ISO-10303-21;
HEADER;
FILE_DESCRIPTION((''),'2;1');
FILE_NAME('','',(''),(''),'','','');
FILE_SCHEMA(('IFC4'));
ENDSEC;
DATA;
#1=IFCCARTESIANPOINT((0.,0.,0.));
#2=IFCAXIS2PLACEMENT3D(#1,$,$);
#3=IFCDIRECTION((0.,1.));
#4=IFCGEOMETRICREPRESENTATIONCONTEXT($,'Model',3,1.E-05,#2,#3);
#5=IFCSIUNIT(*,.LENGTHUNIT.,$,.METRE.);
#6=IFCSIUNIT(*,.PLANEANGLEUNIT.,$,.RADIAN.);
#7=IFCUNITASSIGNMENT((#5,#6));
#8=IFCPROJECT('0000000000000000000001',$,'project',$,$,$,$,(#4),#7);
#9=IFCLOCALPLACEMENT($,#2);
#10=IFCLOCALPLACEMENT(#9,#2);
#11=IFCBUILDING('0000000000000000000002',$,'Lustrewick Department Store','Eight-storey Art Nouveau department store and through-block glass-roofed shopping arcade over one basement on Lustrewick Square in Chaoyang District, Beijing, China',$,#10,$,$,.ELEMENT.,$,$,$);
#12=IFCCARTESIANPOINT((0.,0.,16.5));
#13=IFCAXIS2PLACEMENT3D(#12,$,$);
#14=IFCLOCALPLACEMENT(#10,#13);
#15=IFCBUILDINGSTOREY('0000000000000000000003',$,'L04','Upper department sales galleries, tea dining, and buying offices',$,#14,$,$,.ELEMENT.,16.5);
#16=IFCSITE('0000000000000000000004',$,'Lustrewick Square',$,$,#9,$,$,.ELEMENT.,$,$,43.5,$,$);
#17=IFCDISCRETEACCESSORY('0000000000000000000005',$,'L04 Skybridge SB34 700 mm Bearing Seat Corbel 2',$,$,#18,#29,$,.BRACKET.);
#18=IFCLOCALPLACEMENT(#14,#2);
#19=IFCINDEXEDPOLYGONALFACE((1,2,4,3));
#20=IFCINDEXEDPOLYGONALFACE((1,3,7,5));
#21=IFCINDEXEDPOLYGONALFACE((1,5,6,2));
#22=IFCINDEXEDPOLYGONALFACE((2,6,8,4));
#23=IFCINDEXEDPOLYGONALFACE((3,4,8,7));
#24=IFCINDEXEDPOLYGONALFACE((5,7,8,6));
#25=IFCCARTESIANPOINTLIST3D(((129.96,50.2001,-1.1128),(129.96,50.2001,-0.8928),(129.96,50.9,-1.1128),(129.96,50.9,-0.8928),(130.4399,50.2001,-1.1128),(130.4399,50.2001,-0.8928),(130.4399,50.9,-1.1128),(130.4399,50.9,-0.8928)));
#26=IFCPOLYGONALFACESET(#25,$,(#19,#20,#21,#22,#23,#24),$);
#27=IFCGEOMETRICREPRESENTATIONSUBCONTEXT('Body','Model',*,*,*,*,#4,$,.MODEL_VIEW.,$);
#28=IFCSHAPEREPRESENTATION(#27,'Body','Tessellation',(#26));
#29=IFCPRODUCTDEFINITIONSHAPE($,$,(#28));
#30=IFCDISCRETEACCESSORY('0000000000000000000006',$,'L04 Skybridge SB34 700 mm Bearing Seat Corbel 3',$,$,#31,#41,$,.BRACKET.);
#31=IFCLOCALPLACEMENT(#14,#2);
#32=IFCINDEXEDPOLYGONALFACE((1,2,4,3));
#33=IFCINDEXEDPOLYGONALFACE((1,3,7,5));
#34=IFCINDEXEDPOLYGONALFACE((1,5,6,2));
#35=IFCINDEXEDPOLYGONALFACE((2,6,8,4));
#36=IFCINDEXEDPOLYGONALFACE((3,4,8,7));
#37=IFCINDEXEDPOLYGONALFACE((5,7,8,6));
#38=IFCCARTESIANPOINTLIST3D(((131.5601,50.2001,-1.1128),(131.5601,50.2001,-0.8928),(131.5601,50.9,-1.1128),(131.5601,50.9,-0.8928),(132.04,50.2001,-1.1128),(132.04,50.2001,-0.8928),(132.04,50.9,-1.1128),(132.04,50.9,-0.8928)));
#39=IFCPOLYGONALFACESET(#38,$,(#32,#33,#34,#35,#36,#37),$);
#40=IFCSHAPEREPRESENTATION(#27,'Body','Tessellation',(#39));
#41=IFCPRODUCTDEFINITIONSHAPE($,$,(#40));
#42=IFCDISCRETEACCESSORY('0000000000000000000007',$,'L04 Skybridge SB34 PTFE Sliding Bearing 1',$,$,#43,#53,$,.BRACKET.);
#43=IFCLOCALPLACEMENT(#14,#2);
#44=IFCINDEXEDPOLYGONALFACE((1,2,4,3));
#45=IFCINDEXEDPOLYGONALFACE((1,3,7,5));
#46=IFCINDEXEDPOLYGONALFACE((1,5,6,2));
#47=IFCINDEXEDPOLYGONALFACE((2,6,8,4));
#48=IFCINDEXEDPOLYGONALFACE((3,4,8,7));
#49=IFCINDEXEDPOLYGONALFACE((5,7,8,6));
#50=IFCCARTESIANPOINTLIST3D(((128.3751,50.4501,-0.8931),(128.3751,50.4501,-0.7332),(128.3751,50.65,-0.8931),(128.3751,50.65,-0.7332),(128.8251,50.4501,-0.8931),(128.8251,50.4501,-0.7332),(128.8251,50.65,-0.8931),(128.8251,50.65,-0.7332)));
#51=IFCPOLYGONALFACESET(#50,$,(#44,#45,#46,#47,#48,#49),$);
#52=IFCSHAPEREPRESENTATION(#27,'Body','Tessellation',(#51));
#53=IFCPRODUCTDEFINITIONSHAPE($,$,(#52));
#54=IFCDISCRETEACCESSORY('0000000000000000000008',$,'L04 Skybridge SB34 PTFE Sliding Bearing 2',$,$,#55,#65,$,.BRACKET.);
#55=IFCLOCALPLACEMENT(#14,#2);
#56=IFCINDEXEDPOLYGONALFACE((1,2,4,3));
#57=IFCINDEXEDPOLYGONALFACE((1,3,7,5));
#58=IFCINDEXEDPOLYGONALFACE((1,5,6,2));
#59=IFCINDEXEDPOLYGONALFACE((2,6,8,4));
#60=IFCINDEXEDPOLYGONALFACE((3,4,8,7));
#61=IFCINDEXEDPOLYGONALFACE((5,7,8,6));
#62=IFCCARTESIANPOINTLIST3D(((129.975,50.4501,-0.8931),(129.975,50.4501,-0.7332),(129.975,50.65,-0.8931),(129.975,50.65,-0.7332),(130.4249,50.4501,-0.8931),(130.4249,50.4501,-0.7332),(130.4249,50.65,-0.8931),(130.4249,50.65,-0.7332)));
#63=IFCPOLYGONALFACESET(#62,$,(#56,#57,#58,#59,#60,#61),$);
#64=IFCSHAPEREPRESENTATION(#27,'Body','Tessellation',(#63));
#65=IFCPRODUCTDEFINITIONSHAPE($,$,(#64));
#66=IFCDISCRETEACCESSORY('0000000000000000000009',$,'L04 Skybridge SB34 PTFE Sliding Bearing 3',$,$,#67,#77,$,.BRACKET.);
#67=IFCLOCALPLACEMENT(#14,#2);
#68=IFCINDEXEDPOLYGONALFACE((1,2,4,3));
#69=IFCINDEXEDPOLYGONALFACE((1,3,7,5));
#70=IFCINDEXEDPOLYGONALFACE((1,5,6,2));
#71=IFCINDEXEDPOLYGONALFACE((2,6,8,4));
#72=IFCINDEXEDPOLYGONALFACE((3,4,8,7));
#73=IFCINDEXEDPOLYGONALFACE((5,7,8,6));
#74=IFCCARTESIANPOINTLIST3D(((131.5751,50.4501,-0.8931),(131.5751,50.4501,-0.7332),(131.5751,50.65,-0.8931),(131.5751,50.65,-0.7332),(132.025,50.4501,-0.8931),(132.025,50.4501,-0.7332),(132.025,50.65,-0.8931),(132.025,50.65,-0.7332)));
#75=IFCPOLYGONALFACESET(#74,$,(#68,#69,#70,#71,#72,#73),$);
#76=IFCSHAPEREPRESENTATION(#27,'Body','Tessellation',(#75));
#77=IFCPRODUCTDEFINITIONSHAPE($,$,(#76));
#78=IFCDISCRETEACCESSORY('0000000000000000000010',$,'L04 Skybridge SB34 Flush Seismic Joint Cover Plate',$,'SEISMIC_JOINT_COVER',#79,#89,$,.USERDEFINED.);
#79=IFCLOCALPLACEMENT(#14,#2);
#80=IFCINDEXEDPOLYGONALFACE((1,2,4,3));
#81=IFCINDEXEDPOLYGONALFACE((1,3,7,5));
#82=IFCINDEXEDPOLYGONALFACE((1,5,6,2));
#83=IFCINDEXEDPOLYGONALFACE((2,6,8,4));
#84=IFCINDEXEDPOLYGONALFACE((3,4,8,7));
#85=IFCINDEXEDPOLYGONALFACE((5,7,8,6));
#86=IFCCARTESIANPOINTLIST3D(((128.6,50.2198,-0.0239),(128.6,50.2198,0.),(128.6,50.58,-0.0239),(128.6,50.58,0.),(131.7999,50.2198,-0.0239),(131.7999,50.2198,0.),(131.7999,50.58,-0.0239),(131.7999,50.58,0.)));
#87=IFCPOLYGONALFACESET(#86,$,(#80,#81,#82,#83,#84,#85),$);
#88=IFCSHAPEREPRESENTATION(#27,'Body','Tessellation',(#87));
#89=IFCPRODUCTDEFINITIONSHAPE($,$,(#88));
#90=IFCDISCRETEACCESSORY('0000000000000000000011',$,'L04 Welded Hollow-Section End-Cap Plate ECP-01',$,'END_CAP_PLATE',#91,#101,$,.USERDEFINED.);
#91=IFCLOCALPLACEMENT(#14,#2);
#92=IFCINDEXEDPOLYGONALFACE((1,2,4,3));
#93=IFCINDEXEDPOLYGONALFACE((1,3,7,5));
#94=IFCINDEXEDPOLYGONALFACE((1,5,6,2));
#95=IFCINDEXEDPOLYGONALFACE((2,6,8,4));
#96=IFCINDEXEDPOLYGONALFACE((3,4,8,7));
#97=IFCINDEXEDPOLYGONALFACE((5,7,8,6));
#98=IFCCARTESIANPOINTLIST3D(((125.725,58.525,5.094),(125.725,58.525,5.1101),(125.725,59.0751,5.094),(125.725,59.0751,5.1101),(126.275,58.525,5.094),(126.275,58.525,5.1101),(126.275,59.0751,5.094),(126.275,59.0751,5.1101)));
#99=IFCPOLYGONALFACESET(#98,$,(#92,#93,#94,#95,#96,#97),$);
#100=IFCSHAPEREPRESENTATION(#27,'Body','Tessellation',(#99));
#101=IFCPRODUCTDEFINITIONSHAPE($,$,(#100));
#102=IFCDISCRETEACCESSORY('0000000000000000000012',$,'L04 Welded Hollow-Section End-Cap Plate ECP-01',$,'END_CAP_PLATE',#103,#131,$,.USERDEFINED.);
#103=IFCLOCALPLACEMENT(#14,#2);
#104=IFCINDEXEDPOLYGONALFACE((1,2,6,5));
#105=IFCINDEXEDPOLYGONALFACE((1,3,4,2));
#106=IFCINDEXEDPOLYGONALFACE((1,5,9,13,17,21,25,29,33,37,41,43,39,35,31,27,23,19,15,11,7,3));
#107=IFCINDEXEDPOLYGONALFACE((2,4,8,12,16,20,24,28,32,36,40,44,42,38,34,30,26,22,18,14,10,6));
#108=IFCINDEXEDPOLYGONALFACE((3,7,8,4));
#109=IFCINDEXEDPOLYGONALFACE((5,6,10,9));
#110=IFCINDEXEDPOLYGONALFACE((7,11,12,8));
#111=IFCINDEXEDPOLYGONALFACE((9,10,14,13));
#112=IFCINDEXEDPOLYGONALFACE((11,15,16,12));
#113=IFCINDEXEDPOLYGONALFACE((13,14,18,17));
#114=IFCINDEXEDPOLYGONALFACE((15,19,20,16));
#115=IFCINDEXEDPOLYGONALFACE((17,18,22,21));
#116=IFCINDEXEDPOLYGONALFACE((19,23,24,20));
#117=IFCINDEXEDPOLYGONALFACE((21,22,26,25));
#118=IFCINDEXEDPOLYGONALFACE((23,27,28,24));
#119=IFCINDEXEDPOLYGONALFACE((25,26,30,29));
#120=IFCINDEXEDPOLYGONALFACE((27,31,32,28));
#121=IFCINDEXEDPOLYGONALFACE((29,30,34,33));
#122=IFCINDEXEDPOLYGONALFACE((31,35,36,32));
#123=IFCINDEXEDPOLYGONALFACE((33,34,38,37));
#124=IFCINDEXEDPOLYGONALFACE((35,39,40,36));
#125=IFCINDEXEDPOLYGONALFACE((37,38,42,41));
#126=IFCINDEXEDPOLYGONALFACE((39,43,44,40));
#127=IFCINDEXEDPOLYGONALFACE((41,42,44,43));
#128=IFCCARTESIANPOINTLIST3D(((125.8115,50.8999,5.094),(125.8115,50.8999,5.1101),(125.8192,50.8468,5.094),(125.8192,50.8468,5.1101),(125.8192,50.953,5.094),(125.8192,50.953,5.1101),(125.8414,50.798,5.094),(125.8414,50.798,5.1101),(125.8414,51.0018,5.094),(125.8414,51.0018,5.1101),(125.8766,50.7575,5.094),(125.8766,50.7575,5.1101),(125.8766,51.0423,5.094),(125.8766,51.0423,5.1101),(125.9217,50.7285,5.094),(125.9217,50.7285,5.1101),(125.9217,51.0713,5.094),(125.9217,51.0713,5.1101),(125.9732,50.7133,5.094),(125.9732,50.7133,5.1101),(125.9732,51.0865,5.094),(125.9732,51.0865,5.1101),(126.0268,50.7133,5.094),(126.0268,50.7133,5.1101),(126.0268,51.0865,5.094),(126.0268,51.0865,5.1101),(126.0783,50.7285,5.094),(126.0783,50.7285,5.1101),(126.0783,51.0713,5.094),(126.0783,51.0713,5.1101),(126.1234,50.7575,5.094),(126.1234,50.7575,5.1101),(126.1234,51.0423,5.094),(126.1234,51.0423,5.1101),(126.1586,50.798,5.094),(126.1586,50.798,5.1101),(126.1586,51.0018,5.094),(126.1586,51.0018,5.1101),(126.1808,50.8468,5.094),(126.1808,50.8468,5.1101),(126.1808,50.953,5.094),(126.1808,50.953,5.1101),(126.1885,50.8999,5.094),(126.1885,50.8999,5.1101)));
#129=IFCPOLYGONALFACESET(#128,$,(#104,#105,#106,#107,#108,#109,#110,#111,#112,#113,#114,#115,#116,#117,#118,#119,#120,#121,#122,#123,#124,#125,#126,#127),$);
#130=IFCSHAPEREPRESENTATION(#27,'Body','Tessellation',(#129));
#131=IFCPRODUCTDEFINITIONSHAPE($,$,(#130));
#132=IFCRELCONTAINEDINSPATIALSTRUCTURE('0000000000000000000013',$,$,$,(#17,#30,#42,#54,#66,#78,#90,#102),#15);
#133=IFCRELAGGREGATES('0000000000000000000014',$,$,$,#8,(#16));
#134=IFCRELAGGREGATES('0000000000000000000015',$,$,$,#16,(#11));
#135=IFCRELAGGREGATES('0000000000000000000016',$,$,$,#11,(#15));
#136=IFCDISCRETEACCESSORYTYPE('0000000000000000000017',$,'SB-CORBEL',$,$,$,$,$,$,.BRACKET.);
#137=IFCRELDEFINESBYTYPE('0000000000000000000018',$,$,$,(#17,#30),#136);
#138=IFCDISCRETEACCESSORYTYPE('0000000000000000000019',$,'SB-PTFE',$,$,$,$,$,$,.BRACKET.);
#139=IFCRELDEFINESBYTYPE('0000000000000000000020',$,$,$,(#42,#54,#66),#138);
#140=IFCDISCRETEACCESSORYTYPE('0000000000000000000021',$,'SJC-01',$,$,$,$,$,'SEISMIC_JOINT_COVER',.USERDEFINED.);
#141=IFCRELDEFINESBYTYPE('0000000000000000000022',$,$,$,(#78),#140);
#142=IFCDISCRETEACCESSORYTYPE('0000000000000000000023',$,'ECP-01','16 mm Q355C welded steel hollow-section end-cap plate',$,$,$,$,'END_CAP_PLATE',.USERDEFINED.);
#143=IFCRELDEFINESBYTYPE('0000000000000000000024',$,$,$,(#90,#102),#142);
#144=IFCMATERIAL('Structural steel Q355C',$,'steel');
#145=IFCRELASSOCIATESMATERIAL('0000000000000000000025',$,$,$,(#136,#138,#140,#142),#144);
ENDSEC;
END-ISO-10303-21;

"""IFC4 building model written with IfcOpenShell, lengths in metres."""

from ifc_helpers import new_model, si_unit, direction, frame, origin, origin_2d, place, context, subcontext, project, spatial, rectangle, circle, extrude, material, type_object, element, save


model = new_model("IFC4")

# Units and contexts
model_context = context("Model", 3, precision=1e-05, world=origin(), true_north=direction((0.0, 1.0)))
body_context = subcontext(model_context, "Body", "Model", "MODEL_VIEW")
ifc_project = project(units=[si_unit("LENGTHUNIT", "METRE"), si_unit("PLANEANGLEUNIT", "RADIAN")], contexts=[model_context])

# Site, building, storey
site_placement = place(None, origin())
site = spatial("IfcSite", under=ifc_project, at=site_placement, Name="Lustrewick Square", CompositionType="ELEMENT", RefElevation=43.5)
building_placement = place(site_placement, origin())
building = spatial("IfcBuilding", under=site, at=building_placement, Name="Lustrewick Department Store", Description="Eight-storey Art Nouveau department store and through-block glass-roofed shopping arcade over one basement on Lustrewick Square in Chaoyang District, Beijing, China", CompositionType="ELEMENT")
storey_placement = place(building_placement, frame((0.0, 0.0, 16.5)))
storey = spatial("IfcBuildingStorey", under=building, at=storey_placement, Name="L04", Description="Upper department sales galleries, tea dining, and buying offices", CompositionType="ELEMENT", Elevation=16.5)

# Shared definitions
ifc_material_1 = material(Name="Structural steel Q355C", Category="steel")

# Discrete accessories
discrete_accessory_type_1 = type_object("IfcDiscreteAccessoryType", Name="SB-CORBEL", PredefinedType="BRACKET", material=ifc_material_1)
for number, where, z_axis, x_axis, name in (
    (1, (130.2, 50.55, -1.1128), (0.0, 0.0, 1.0), (1.0, 0.0, 0.0), "L04 Skybridge SB34 700 mm Bearing Seat Corbel 2"),
    (2, (131.8, 50.55, -1.1128), (0.0, 0.0, 1.0), (1.0, 0.0, 0.0), "L04 Skybridge SB34 700 mm Bearing Seat Corbel 3"),
):
    element("IfcDiscreteAccessory", number, at=place(storey_placement, frame(where, z_axis=z_axis, x_axis=x_axis)), inside=storey, type_object=discrete_accessory_type_1, Name=name, PredefinedType="BRACKET", context=body_context, shape_type="SweptSolid", body=[
        extrude(rectangle(XDim=0.48, YDim=0.7, at=origin_2d()), origin(), (0.0, 0.0, 1.0), 0.22),
    ])
discrete_accessory_type_2 = type_object("IfcDiscreteAccessoryType", Name="SB-PTFE", PredefinedType="BRACKET", material=ifc_material_1)
for number, where, z_axis, x_axis, name in (
    (3, (128.6001, 50.55, -0.8931), (0.0, 0.0, 1.0), (1.0, 0.0, 0.0), "L04 Skybridge SB34 PTFE Sliding Bearing 1"),
    (4, (130.2, 50.55, -0.8931), (0.0, 0.0, 1.0), (1.0, 0.0, 0.0), "L04 Skybridge SB34 PTFE Sliding Bearing 2"),
    (5, (131.8, 50.55, -0.8931), (0.0, 0.0, 1.0), (1.0, 0.0, 0.0), "L04 Skybridge SB34 PTFE Sliding Bearing 3"),
):
    element("IfcDiscreteAccessory", number, at=place(storey_placement, frame(where, z_axis=z_axis, x_axis=x_axis)), inside=storey, type_object=discrete_accessory_type_2, Name=name, PredefinedType="BRACKET", context=body_context, shape_type="SweptSolid", body=[
        extrude(rectangle(XDim=0.45, YDim=0.2, at=origin_2d()), origin(), (0.0, 0.0, 1.0), 0.1599),
    ])
discrete_accessory_type_3 = type_object("IfcDiscreteAccessoryType", Name="SJC-01", ElementType="SEISMIC_JOINT_COVER", PredefinedType="USERDEFINED", material=ifc_material_1)
discrete_accessory_1_placement = place(storey_placement, frame((130.2, 50.3999, -0.0239), z_axis=(0.0, 0.0, 1.0), x_axis=(1.0, 0.0, 0.0)))
element("IfcDiscreteAccessory", 6, at=discrete_accessory_1_placement, inside=storey, type_object=discrete_accessory_type_3, Name="L04 Skybridge SB34 Flush Seismic Joint Cover Plate", ObjectType="SEISMIC_JOINT_COVER", PredefinedType="USERDEFINED", context=body_context, shape_type="SweptSolid", body=[
    extrude(rectangle(XDim=3.2, YDim=0.3601, at=origin_2d()), origin(), (0.0, 0.0, 1.0), 0.0239),
])
discrete_accessory_type_4 = type_object("IfcDiscreteAccessoryType", Name="ECP-01", Description="16 mm Q355C welded steel hollow-section end-cap plate", ElementType="END_CAP_PLATE", PredefinedType="USERDEFINED", material=ifc_material_1)
discrete_accessory_2_placement = place(storey_placement, frame((126.0, 58.8, 5.094), z_axis=(0.0, 0.0, 1.0), x_axis=(1.0, 0.0, 0.0)))
element("IfcDiscreteAccessory", 7, at=discrete_accessory_2_placement, inside=storey, type_object=discrete_accessory_type_4, Name="L04 Welded Hollow-Section End-Cap Plate ECP-01", ObjectType="END_CAP_PLATE", PredefinedType="USERDEFINED", context=body_context, shape_type="SweptSolid", body=[
    extrude(rectangle(XDim=0.55, YDim=0.55, at=origin_2d()), origin(), (0.0, 0.0, 1.0), 0.0161),
])
discrete_accessory_3_placement = place(storey_placement, frame((126.0, 50.8999, 5.094), z_axis=(0.0, 0.0, 1.0), x_axis=(1.0, 0.0, 0.0)))
element("IfcDiscreteAccessory", 8, at=discrete_accessory_3_placement, inside=storey, type_object=discrete_accessory_type_4, Name="L04 Welded Hollow-Section End-Cap Plate ECP-01", ObjectType="END_CAP_PLATE", PredefinedType="USERDEFINED", context=body_context, shape_type="SweptSolid", body=[
    extrude(circle(Radius=0.1885, at=origin_2d()), origin(), (0.0, 0.0, 1.0), 0.0161),
])

save(model, "model.ifc")
